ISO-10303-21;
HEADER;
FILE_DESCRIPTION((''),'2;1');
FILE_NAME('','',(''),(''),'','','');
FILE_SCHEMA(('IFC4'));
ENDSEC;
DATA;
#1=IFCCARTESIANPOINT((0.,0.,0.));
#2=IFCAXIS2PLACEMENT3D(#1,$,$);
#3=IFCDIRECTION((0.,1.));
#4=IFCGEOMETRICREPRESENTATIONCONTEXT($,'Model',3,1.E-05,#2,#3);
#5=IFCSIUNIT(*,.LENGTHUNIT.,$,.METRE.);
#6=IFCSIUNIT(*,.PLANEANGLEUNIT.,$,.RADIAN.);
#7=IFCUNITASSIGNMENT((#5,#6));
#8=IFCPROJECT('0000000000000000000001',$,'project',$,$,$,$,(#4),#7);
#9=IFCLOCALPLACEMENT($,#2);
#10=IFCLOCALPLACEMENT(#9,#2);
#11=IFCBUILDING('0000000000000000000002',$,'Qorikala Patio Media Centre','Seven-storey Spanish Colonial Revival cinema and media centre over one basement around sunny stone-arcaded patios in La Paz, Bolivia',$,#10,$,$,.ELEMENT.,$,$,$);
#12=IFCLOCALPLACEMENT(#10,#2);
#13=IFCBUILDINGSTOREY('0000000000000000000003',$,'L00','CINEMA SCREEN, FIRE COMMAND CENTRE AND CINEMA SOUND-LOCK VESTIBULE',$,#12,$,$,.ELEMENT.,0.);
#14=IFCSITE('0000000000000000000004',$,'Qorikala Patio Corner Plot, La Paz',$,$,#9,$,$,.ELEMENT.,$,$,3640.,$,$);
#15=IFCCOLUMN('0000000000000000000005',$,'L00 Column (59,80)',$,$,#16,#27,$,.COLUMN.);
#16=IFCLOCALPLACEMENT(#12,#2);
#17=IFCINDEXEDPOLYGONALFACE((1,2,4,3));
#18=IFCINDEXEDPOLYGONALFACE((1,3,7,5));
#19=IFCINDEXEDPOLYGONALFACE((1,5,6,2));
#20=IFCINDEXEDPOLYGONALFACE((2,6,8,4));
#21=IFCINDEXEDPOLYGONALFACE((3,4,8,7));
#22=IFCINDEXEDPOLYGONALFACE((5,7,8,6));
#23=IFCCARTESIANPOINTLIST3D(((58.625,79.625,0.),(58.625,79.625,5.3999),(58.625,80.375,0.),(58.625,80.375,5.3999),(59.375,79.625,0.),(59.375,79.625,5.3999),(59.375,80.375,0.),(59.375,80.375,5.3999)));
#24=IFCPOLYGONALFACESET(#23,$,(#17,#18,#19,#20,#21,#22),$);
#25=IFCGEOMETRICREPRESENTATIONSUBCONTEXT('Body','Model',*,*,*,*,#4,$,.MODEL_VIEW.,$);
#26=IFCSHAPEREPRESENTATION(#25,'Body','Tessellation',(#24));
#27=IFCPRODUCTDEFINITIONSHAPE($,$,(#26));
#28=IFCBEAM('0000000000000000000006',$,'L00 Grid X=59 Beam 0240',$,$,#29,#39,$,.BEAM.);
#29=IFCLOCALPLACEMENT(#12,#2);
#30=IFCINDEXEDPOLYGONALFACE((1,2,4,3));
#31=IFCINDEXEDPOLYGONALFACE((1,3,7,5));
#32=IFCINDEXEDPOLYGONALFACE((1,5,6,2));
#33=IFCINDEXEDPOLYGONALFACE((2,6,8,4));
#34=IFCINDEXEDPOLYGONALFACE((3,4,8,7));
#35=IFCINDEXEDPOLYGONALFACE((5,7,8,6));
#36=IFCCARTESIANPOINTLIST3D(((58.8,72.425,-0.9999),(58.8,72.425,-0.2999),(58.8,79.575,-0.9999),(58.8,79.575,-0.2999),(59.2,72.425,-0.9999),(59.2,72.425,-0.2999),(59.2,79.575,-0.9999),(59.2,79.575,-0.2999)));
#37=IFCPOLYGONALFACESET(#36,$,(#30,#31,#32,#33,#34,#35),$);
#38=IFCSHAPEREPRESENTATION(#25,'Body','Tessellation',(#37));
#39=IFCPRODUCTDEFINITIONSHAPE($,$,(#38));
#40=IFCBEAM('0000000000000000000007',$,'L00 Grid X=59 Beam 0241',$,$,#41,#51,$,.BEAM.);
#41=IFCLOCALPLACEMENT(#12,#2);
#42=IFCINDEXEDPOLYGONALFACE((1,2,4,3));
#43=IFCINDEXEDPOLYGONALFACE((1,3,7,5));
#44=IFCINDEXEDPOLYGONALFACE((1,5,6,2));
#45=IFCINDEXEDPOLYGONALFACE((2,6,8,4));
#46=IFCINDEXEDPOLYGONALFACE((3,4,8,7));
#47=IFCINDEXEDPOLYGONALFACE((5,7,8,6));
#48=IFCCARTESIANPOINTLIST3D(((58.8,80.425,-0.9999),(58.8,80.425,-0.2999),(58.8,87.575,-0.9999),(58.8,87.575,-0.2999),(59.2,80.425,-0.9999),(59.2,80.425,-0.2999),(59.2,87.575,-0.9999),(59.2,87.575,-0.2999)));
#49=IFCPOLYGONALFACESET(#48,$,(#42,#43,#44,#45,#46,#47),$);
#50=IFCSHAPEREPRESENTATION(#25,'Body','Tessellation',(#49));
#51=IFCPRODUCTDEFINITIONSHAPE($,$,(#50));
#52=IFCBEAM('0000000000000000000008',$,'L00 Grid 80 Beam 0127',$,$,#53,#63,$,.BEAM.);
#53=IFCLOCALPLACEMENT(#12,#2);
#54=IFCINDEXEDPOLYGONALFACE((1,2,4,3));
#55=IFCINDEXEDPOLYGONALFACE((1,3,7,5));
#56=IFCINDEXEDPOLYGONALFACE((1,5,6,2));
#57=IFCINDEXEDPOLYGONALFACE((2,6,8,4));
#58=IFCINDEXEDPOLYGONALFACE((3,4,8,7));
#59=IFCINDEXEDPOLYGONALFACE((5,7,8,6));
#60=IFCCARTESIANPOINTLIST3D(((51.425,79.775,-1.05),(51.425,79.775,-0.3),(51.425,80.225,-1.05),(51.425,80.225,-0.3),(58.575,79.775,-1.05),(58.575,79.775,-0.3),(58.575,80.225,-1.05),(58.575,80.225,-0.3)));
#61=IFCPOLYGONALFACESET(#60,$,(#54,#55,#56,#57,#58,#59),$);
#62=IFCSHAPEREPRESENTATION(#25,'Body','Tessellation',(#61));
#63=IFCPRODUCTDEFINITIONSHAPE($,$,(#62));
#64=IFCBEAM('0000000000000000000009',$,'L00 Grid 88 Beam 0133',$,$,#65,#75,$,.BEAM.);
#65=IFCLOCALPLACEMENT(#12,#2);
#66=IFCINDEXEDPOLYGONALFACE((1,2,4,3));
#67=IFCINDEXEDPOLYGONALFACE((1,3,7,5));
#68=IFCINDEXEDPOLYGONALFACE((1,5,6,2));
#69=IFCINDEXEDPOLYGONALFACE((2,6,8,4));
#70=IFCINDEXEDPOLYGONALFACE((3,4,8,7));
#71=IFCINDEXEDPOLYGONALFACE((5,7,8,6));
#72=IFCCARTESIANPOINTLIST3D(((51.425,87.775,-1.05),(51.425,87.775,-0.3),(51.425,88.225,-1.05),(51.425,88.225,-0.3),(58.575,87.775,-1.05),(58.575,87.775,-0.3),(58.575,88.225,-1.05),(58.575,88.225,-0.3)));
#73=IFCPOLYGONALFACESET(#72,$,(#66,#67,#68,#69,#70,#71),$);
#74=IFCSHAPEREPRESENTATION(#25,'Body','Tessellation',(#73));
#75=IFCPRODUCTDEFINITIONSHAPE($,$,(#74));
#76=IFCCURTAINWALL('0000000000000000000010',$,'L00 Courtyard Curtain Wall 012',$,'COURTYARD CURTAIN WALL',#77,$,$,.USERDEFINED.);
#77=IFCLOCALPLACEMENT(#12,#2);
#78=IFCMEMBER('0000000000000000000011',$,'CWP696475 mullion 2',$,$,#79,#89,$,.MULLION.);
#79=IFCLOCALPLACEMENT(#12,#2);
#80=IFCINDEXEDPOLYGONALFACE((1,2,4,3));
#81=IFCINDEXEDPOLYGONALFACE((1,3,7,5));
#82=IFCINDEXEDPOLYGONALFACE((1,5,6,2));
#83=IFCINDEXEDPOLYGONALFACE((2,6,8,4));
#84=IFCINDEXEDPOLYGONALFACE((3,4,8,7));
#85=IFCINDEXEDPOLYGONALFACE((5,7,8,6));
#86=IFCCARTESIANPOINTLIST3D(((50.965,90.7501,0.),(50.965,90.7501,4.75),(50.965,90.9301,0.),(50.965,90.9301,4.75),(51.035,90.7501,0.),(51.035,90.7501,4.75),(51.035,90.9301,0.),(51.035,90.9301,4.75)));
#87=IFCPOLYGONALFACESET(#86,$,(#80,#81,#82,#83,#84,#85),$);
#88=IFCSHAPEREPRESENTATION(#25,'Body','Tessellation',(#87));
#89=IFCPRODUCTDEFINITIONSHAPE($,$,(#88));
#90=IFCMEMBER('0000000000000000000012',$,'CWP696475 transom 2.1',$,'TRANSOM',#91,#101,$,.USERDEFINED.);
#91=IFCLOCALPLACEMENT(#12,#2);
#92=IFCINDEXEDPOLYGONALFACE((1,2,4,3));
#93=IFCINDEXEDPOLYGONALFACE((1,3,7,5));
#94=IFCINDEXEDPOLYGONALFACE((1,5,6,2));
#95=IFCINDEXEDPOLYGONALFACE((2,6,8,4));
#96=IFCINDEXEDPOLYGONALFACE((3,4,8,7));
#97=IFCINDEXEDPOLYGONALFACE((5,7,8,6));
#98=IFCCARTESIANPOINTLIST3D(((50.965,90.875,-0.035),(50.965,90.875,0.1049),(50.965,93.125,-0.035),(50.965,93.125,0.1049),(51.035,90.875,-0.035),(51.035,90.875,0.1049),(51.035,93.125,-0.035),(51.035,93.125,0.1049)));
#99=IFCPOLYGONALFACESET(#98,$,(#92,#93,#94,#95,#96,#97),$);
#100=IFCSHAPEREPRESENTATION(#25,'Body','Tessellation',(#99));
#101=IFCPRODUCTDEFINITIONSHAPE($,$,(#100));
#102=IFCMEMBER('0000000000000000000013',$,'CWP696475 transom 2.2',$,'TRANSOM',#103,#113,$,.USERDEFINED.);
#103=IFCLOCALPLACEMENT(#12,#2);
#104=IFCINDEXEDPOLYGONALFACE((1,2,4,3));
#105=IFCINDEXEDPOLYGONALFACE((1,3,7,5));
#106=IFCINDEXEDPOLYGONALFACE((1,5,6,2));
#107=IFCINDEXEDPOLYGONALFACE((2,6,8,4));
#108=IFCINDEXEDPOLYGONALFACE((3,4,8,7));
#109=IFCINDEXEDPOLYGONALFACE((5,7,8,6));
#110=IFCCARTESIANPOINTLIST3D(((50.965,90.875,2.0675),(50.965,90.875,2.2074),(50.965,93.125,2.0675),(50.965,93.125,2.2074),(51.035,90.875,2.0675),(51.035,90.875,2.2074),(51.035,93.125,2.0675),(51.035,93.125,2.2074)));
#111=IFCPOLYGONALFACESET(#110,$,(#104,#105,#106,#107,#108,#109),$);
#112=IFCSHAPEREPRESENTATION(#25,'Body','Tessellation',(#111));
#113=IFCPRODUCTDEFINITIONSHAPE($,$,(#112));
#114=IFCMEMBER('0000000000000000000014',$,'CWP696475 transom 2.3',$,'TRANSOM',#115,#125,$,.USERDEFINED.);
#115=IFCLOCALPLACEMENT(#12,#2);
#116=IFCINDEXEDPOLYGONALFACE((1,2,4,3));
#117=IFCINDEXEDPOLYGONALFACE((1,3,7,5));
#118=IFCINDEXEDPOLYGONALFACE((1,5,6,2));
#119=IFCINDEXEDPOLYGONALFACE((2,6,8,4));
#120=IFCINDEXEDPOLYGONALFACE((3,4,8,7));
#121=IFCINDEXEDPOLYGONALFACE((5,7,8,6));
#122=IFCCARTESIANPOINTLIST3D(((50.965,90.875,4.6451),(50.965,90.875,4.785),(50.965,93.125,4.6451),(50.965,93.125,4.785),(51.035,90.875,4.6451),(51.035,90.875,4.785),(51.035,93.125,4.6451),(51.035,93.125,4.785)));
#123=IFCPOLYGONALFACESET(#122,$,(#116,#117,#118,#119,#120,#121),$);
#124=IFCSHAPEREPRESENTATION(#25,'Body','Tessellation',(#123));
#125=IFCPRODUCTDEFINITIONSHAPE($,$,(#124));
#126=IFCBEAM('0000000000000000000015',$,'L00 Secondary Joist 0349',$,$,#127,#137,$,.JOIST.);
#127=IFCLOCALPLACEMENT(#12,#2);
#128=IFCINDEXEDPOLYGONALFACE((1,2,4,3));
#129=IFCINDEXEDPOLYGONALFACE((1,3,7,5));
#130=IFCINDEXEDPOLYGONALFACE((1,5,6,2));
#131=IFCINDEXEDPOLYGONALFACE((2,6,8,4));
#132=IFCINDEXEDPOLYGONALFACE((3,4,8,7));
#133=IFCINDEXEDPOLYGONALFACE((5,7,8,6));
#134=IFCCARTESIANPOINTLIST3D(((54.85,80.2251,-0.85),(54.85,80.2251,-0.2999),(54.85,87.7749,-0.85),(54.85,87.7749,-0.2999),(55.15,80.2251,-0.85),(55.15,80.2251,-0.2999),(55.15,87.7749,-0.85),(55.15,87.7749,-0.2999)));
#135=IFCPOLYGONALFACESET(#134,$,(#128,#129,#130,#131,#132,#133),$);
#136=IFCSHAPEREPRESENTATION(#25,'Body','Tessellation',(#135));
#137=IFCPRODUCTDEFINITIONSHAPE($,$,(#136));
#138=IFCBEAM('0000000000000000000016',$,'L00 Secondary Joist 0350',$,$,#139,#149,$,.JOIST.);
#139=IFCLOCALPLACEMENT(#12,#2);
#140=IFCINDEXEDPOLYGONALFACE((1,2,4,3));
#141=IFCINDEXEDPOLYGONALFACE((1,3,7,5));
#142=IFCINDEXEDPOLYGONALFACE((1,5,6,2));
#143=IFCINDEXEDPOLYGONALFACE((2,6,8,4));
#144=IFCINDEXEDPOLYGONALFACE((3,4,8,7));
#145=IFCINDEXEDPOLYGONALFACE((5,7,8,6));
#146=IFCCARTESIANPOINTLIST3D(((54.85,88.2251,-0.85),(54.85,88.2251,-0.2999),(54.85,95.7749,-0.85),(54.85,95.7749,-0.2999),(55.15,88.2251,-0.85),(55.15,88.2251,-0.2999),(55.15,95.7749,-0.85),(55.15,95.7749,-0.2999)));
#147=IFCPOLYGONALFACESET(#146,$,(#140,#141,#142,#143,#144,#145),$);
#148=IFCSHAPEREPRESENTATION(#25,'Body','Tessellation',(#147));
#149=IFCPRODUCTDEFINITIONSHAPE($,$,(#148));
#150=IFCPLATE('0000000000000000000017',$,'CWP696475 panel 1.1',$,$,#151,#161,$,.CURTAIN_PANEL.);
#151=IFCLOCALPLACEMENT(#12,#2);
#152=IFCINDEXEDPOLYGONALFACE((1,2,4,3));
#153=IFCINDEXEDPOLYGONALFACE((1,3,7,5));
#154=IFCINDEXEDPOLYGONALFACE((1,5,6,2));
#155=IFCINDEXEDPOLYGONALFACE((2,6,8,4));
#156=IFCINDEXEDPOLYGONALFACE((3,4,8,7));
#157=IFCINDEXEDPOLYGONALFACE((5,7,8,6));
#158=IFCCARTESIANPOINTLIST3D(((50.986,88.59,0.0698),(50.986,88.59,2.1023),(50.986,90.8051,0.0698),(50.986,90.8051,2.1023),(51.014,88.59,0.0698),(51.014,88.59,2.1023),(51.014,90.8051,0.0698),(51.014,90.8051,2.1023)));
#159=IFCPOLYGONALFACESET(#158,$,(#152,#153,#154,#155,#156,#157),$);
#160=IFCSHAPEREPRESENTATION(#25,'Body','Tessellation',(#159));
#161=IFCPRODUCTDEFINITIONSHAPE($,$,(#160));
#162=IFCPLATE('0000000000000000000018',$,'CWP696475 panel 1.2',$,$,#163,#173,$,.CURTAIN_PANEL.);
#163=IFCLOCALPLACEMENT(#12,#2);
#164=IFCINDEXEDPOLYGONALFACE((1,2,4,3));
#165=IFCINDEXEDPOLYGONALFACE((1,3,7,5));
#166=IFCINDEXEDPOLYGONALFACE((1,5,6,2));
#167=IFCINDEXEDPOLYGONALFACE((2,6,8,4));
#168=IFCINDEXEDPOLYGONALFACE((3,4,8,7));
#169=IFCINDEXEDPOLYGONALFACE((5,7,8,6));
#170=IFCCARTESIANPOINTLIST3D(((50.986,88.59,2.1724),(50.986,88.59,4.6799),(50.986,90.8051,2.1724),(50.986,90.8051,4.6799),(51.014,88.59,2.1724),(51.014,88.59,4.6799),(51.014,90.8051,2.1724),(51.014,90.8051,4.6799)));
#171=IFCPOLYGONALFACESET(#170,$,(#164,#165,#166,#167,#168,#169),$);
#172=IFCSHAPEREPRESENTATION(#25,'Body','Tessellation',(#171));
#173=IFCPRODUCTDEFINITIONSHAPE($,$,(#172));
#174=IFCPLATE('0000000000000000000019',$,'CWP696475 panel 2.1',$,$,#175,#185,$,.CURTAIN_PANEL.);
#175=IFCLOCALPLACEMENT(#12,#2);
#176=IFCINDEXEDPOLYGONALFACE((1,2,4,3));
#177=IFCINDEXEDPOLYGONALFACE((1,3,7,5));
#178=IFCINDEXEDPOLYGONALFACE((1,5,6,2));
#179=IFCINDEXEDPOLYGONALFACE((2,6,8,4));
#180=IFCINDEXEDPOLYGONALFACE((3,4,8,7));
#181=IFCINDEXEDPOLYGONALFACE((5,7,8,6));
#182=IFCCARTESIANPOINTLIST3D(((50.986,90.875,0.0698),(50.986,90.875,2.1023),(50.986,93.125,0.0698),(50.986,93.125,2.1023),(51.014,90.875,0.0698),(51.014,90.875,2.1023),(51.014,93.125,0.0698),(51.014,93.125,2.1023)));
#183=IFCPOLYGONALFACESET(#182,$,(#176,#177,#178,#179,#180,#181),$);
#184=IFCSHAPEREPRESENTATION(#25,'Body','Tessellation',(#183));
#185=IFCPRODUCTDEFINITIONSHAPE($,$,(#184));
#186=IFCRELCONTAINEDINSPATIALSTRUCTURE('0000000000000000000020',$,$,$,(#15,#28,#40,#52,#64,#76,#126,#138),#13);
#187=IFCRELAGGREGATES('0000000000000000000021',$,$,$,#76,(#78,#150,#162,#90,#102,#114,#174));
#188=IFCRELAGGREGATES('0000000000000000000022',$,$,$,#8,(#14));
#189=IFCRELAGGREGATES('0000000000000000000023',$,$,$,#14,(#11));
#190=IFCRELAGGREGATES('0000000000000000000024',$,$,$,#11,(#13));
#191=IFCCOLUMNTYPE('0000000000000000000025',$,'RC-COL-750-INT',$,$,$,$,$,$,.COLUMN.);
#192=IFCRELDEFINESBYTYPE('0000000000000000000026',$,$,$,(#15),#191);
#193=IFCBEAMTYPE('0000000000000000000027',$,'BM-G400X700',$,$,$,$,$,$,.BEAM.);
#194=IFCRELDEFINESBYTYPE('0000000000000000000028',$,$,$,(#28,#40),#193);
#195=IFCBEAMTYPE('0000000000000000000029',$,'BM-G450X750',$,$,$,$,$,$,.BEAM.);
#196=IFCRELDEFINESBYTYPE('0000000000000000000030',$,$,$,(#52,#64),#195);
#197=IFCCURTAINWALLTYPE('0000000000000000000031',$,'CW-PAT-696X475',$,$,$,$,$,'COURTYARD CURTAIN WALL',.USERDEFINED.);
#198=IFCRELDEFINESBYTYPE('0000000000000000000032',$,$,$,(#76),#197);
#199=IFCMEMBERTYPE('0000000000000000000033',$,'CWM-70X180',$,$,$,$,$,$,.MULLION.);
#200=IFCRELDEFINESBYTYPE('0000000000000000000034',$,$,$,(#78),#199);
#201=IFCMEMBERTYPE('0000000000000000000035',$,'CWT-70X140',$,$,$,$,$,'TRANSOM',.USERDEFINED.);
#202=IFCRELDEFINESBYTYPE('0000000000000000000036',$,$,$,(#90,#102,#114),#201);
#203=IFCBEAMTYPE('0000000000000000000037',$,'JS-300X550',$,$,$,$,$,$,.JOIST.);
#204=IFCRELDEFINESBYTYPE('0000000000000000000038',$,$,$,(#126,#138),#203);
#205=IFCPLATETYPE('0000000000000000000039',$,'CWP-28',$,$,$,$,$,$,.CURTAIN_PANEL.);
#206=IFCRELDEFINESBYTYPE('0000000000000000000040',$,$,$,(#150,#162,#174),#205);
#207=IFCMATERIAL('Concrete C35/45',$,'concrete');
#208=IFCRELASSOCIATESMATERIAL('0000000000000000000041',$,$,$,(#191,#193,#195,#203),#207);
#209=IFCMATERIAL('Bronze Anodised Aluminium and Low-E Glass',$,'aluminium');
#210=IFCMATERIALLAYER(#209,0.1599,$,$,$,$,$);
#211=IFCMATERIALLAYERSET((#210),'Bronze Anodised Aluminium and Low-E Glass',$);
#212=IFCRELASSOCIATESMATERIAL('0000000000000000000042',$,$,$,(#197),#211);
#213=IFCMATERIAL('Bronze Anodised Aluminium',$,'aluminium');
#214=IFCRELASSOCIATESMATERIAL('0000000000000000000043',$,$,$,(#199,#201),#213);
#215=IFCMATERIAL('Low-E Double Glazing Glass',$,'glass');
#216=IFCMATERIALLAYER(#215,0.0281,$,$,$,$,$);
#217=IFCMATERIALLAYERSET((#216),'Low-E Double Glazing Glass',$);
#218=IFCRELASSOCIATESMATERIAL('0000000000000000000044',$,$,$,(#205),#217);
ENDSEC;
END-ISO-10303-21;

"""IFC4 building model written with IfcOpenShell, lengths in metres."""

from ifc_helpers import new_model, si_unit, direction, frame, origin, origin_2d, place, context, subcontext, project, spatial, rectangle, extrude, material, layer, layer_set, material_profile, profile_set, type_object, element, aggregate, save


model = new_model("IFC4")

# Units and contexts
model_context = context("Model", 3, precision=1e-05, world=origin(), true_north=direction((0.0, 1.0)))
body_context = subcontext(model_context, "Body", "Model", "MODEL_VIEW")
ifc_project = project(units=[si_unit("LENGTHUNIT", "METRE"), si_unit("PLANEANGLEUNIT", "RADIAN")], contexts=[model_context])

# Site, building, storey
site_placement = place(None, origin())
site = spatial("IfcSite", under=ifc_project, at=site_placement, Name="Qorikala Patio Corner Plot, La Paz", CompositionType="ELEMENT", RefElevation=3640.0)
building_placement = place(site_placement, origin())
building = spatial("IfcBuilding", under=site, at=building_placement, Name="Qorikala Patio Media Centre", Description="Seven-storey Spanish Colonial Revival cinema and media centre over one basement around sunny stone-arcaded patios in La Paz, Bolivia", CompositionType="ELEMENT")
storey_placement = place(building_placement, origin())
storey = spatial("IfcBuildingStorey", under=building, at=storey_placement, Name="L00", Description="CINEMA SCREEN, FIRE COMMAND CENTRE AND CINEMA SOUND-LOCK VESTIBULE", CompositionType="ELEMENT", Elevation=0.0)

# Column
ifc_material_1 = material(Name="Concrete C35/45", Category="concrete")
ifc_material_profile_1 = material_profile(ifc_material_1, rectangle(XDim=0.75, YDim=0.75, at=origin_2d()), Name="RC 750x750")
ifc_profile_set_1 = profile_set([ifc_material_profile_1], Name="Concrete C35/45")
column_type = type_object("IfcColumnType", Name="RC-COL-750-INT", PredefinedType="COLUMN", material=ifc_profile_set_1)
column_placement = place(storey_placement, frame((59.0, 80.0, 0.0), z_axis=(0.0, 0.0, 1.0), x_axis=(1.0, 0.0, 0.0)))
element("IfcColumn", 1, at=column_placement, inside=storey, type_object=column_type, Name="L00 Column (59,80)", PredefinedType="COLUMN", context=body_context, shape_type="SweptSolid", body=[
    extrude(rectangle(XDim=0.75, YDim=0.75, at=origin_2d()), origin(), (0.0, 0.0, 1.0), 5.3999),
])

# Beams
ifc_material_profile_2 = material_profile(ifc_material_1, rectangle(XDim=0.3999, YDim=0.7, at=origin_2d()), Name="RC 400x700")
ifc_profile_set_2 = profile_set([ifc_material_profile_2], Name="Concrete C35/45")
beam_type_1 = type_object("IfcBeamType", Name="BM-G400X700", PredefinedType="BEAM", material=ifc_profile_set_2)
for number, where, z_axis, x_axis, name in (
    (2, (59.0, 72.425, -0.6499), (0.0, 1.0, 0.0), (-1.0, 0.0, 0.0), "L00 Grid X=59 Beam 0240"),
    (3, (59.0, 80.425, -0.6499), (0.0, 1.0, 0.0), (-1.0, 0.0, 0.0), "L00 Grid X=59 Beam 0241"),
):
    element("IfcBeam", number, at=place(storey_placement, frame(where, z_axis=z_axis, x_axis=x_axis)), inside=storey, type_object=beam_type_1, Name=name, PredefinedType="BEAM", context=body_context, shape_type="SweptSolid", body=[
        extrude(rectangle(XDim=0.3999, YDim=0.7, at=origin_2d()), origin(), (0.0, 0.0, 1.0), 7.1499),
    ])
ifc_material_profile_3 = material_profile(ifc_material_1, rectangle(XDim=0.45, YDim=0.75, at=origin_2d()), Name="RC 450x750")
ifc_profile_set_3 = profile_set([ifc_material_profile_3], Name="Concrete C35/45")
beam_type_2 = type_object("IfcBeamType", Name="BM-G450X750", PredefinedType="BEAM", material=ifc_profile_set_3)
for number, where, z_axis, x_axis, name in (
    (4, (51.425, 80.0, -0.675), (1.0, 0.0, 0.0), (0.0, 1.0, 0.0), "L00 Grid 80 Beam 0127"),
    (5, (51.425, 88.0, -0.675), (1.0, 0.0, 0.0), (0.0, 1.0, 0.0), "L00 Grid 88 Beam 0133"),
):
    element("IfcBeam", number, at=place(storey_placement, frame(where, z_axis=z_axis, x_axis=x_axis)), inside=storey, type_object=beam_type_2, Name=name, PredefinedType="BEAM", context=body_context, shape_type="SweptSolid", body=[
        extrude(rectangle(XDim=0.45, YDim=0.75, at=origin_2d()), origin(), (0.0, 0.0, 1.0), 7.1499),
    ])

# Curtain wall, members
ifc_material_2 = material(Name="Bronze Anodised Aluminium and Low-E Glass", Category="aluminium")
ifc_layer_1 = layer(ifc_material_2, 0.1599)
ifc_layer_set_1 = layer_set([ifc_layer_1], Name="Bronze Anodised Aluminium and Low-E Glass")
curtain_wall_type = type_object("IfcCurtainWallType", Name="CW-PAT-696X475", ElementType="COURTYARD CURTAIN WALL", PredefinedType="USERDEFINED", material=ifc_layer_set_1)
curtain_wall_placement = place(storey_placement, origin())
curtain_wall = element("IfcCurtainWall", 6, at=curtain_wall_placement, inside=storey, type_object=curtain_wall_type, Name="L00 Courtyard Curtain Wall 012", ObjectType="COURTYARD CURTAIN WALL", PredefinedType="USERDEFINED")
ifc_material_3 = material(Name="Bronze Anodised Aluminium", Category="aluminium")
ifc_material_profile_4 = material_profile(ifc_material_3, rectangle(XDim=0.0701, YDim=0.1799, at=origin_2d()), Name="ALU MULLION 70x180")
ifc_profile_set_4 = profile_set([ifc_material_profile_4], Name="Bronze Anodised Aluminium")
member_type_1 = type_object("IfcMemberType", Name="CWM-70X180", PredefinedType="MULLION", material=ifc_profile_set_4)
member_1_placement = place(storey_placement, frame((51.0, 90.8401, 0.0), z_axis=(0.0, 0.0, 1.0), x_axis=(-1.0, 0.0, 0.0)))
member_1 = element("IfcMember", 7, at=member_1_placement, type_object=member_type_1, Name="CWP696475 mullion 2", PredefinedType="MULLION", context=body_context, shape_type="SweptSolid", body=[
    extrude(rectangle(XDim=0.0701, YDim=0.1799, at=origin_2d()), origin(), (0.0, 0.0, 1.0), 4.75),
])
ifc_material_profile_5 = material_profile(ifc_material_3, rectangle(XDim=0.0701, YDim=0.1399, at=origin_2d()), Name="ALU TRANSOM 70x140")
ifc_profile_set_5 = profile_set([ifc_material_profile_5], Name="Bronze Anodised Aluminium")
member_type_2 = type_object("IfcMemberType", Name="CWT-70X140", ElementType="TRANSOM", PredefinedType="USERDEFINED", material=ifc_profile_set_5)
member_2_placement = place(storey_placement, frame((51.0, 90.875, 0.0349), z_axis=(0.0, 1.0, 0.0), x_axis=(-1.0, 0.0, 0.0)))
member_2 = element("IfcMember", 8, at=member_2_placement, type_object=member_type_2, Name="CWP696475 transom 2.1", ObjectType="TRANSOM", PredefinedType="USERDEFINED", context=body_context, shape_type="SweptSolid", body=[
    extrude(rectangle(XDim=0.0701, YDim=0.1399, at=origin_2d()), origin(), (0.0, 0.0, 1.0), 2.25),
])
member_3_placement = place(storey_placement, frame((51.0, 90.875, 2.1375), z_axis=(0.0, 1.0, 0.0), x_axis=(-1.0, 0.0, 0.0)))
member_3 = element("IfcMember", 9, at=member_3_placement, type_object=member_type_2, Name="CWP696475 transom 2.2", ObjectType="TRANSOM", PredefinedType="USERDEFINED", context=body_context, shape_type="SweptSolid", body=[
    extrude(rectangle(XDim=0.0701, YDim=0.1399, at=origin_2d()), origin(), (0.0, 0.0, 1.0), 2.25),
])
member_4_placement = place(storey_placement, frame((51.0, 90.875, 4.7151), z_axis=(0.0, 1.0, 0.0), x_axis=(-1.0, 0.0, 0.0)))
member_4 = element("IfcMember", 10, at=member_4_placement, type_object=member_type_2, Name="CWP696475 transom 2.3", ObjectType="TRANSOM", PredefinedType="USERDEFINED", context=body_context, shape_type="SweptSolid", body=[
    extrude(rectangle(XDim=0.0701, YDim=0.1399, at=origin_2d()), origin(), (0.0, 0.0, 1.0), 2.25),
])

# Beams
ifc_material_profile_6 = material_profile(ifc_material_1, rectangle(XDim=0.3, YDim=0.55, at=origin_2d()), Name="RC 300x550")
ifc_profile_set_6 = profile_set([ifc_material_profile_6], Name="Concrete C35/45")
beam_type_3 = type_object("IfcBeamType", Name="JS-300X550", PredefinedType="JOIST", material=ifc_profile_set_6)
for number, where, z_axis, x_axis, name in (
    (11, (55.0, 80.2251, -0.575), (0.0, 1.0, 0.0), (-1.0, 0.0, 0.0), "L00 Secondary Joist 0349"),
    (12, (55.0, 88.2251, -0.575), (0.0, 1.0, 0.0), (-1.0, 0.0, 0.0), "L00 Secondary Joist 0350"),
):
    element("IfcBeam", number, at=place(storey_placement, frame(where, z_axis=z_axis, x_axis=x_axis)), inside=storey, type_object=beam_type_3, Name=name, PredefinedType="JOIST", context=body_context, shape_type="SweptSolid", body=[
        extrude(rectangle(XDim=0.3, YDim=0.55, at=origin_2d()), origin(), (0.0, 0.0, 1.0), 7.5498),
    ])

# Plates
ifc_material_4 = material(Name="Low-E Double Glazing Glass", Category="glass")
ifc_layer_2 = layer(ifc_material_4, 0.0281)
ifc_layer_set_2 = layer_set([ifc_layer_2], Name="Low-E Double Glazing Glass")
plate_type = type_object("IfcPlateType", Name="CWP-28", PredefinedType="CURTAIN_PANEL", material=ifc_layer_set_2)
plate_1_placement = place(storey_placement, frame((51.0, 89.6975, 0.0698), z_axis=(0.0, 0.0, 1.0), x_axis=(0.0, 1.0, 0.0)))
plate_1 = element("IfcPlate", 13, at=plate_1_placement, type_object=plate_type, Name="CWP696475 panel 1.1", PredefinedType="CURTAIN_PANEL", context=body_context, shape_type="SweptSolid", body=[
    extrude(rectangle(XDim=2.2151, YDim=0.0281, at=origin_2d()), origin(), (0.0, 0.0, 1.0), 2.0325),
])
plate_2_placement = place(storey_placement, frame((51.0, 89.6975, 2.1724), z_axis=(0.0, 0.0, 1.0), x_axis=(0.0, 1.0, 0.0)))
plate_2 = element("IfcPlate", 14, at=plate_2_placement, type_object=plate_type, Name="CWP696475 panel 1.2", PredefinedType="CURTAIN_PANEL", context=body_context, shape_type="SweptSolid", body=[
    extrude(rectangle(XDim=2.2151, YDim=0.0281, at=origin_2d()), origin(), (0.0, 0.0, 1.0), 2.5076),
])
plate_3_placement = place(storey_placement, frame((51.0, 92.0, 0.0698), z_axis=(0.0, 0.0, 1.0), x_axis=(0.0, 1.0, 0.0)))
plate_3 = element("IfcPlate", 15, at=plate_3_placement, type_object=plate_type, Name="CWP696475 panel 2.1", PredefinedType="CURTAIN_PANEL", context=body_context, shape_type="SweptSolid", body=[
    extrude(rectangle(XDim=2.25, YDim=0.0281, at=origin_2d()), origin(), (0.0, 0.0, 1.0), 2.0325),
])
aggregate(curtain_wall, [member_1, plate_1, plate_2, member_2, member_3, member_4, plate_3])

save(model, "model.ifc")
